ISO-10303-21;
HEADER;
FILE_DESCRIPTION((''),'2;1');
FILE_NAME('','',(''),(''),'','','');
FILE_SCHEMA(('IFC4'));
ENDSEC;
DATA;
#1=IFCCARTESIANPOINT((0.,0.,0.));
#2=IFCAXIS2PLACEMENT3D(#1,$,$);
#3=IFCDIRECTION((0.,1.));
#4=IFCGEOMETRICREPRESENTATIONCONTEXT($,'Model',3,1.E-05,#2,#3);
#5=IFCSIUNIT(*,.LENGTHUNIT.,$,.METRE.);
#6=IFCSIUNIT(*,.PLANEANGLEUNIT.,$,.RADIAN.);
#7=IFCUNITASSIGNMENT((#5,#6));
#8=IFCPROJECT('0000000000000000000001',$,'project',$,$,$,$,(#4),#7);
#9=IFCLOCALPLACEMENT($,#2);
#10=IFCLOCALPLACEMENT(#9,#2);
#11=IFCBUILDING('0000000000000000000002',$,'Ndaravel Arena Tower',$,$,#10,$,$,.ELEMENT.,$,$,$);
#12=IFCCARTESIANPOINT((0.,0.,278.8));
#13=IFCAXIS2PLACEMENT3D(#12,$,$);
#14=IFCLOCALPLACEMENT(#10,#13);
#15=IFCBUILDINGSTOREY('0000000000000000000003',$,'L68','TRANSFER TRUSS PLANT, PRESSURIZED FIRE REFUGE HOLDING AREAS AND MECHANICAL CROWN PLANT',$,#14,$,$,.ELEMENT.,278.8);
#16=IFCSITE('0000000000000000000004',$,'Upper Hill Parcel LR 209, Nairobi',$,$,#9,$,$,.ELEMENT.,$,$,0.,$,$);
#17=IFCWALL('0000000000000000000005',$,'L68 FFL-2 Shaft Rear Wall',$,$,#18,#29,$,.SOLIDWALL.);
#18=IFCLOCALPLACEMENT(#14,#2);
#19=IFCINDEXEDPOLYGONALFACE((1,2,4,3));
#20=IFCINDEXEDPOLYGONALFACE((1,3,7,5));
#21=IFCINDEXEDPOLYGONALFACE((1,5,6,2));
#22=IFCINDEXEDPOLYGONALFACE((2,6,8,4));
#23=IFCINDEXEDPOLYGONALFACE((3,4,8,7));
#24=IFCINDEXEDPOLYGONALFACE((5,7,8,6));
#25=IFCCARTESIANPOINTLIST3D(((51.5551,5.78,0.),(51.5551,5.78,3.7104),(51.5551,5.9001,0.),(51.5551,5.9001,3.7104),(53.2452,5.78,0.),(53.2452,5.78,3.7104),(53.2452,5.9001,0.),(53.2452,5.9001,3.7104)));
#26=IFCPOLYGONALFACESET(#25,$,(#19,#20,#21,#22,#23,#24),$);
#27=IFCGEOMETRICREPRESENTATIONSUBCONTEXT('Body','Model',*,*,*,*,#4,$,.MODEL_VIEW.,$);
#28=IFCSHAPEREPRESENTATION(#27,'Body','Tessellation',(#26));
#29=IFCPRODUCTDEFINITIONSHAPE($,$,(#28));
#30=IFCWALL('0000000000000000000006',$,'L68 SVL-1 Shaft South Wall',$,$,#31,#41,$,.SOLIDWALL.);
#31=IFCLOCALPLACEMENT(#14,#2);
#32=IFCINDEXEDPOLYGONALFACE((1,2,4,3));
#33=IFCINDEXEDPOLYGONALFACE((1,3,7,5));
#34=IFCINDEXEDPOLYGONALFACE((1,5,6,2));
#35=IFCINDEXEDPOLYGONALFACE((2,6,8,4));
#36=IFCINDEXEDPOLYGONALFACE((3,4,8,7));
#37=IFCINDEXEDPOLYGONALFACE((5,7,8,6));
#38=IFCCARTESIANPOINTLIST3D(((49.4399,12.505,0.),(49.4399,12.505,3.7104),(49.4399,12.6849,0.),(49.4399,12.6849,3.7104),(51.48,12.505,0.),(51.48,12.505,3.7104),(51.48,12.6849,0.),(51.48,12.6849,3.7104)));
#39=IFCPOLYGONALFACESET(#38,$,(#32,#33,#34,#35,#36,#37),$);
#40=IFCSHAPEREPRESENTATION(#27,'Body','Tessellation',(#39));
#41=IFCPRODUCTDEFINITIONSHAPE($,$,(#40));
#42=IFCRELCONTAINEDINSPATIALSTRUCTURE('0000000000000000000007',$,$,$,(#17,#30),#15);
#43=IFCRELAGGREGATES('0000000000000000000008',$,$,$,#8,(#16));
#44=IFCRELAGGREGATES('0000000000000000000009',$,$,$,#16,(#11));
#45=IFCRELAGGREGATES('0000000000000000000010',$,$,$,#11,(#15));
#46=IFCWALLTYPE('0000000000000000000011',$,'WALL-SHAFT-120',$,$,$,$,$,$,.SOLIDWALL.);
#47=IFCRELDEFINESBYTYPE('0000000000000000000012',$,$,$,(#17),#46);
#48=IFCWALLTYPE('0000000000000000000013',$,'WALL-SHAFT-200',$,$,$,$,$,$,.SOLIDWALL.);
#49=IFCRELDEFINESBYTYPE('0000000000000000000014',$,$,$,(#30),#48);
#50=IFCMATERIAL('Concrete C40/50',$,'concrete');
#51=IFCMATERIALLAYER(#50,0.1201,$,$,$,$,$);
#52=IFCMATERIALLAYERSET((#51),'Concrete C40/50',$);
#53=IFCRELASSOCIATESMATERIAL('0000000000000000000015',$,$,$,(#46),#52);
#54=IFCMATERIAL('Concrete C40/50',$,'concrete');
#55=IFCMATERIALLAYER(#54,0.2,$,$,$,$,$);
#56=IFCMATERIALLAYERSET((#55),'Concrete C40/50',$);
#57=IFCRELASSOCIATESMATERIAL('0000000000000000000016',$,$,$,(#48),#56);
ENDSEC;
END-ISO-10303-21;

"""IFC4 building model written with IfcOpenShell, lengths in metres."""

from ifc_helpers import new_model, si_unit, direction, frame, frame_2d, origin, place, context, subcontext, project, spatial, rectangle, extrude, material, layer, layer_set, type_object, element, save


model = new_model("IFC4")

# Units and contexts
model_context = context("Model", 3, precision=1e-05, world=origin(), true_north=direction((0.0, 1.0)))
body_context = subcontext(model_context, "Body", "Model", "MODEL_VIEW")
ifc_project = project(units=[si_unit("LENGTHUNIT", "METRE"), si_unit("PLANEANGLEUNIT", "RADIAN")], contexts=[model_context])

# Site, building, storey
site_placement = place(None, origin())
site = spatial("IfcSite", under=ifc_project, at=site_placement, Name="Upper Hill Parcel LR 209, Nairobi", CompositionType="ELEMENT", RefElevation=0.0)
building_placement = place(site_placement, origin())
building = spatial("IfcBuilding", under=site, at=building_placement, Name="Ndaravel Arena Tower", CompositionType="ELEMENT")
storey_placement = place(building_placement, frame((0.0, 0.0, 278.8)))
storey = spatial("IfcBuildingStorey", under=building, at=storey_placement, Name="L68", Description="TRANSFER TRUSS PLANT, PRESSURIZED FIRE REFUGE HOLDING AREAS AND MECHANICAL CROWN PLANT", CompositionType="ELEMENT", Elevation=278.8)

# Wall
ifc_material_1 = material(Name="Concrete C40/50", Category="concrete")
ifc_layer_1 = layer(ifc_material_1, 0.1201)
ifc_layer_set_1 = layer_set([ifc_layer_1], Name="Concrete C40/50")
wall_type_1 = type_object("IfcWallType", Name="WALL-SHAFT-120", PredefinedType="SOLIDWALL", material=ifc_layer_set_1)
wall_1_placement = place(storey_placement, frame((51.5549, 5.8401, 0.0), z_axis=(0.0, 0.0, 1.0), x_axis=(1.0, 0.0, 0.0)))
element("IfcWall", 1, at=wall_1_placement, inside=storey, type_object=wall_type_1, Name="L68 FFL-2 Shaft Rear Wall", PredefinedType="SOLIDWALL", context=body_context, shape_type="SweptSolid", body=[
    extrude(rectangle(XDim=1.6902, YDim=0.1201, at=frame_2d((0.8452, 0.0))), origin(), (0.0, 0.0, 1.0), 3.7104),
])

# Shared definitions
ifc_material_2 = material(Name="Concrete C40/50", Category="concrete")
ifc_layer_2 = layer(ifc_material_2, 0.2)
ifc_layer_set_2 = layer_set([ifc_layer_2], Name="Concrete C40/50")
wall_type_2 = type_object("IfcWallType", Name="WALL-SHAFT-200", PredefinedType="SOLIDWALL", material=ifc_layer_set_2)

# Wall
wall_2_placement = place(storey_placement, frame((49.4399, 12.595, 0.0), z_axis=(0.0, 0.0, 1.0), x_axis=(1.0, 0.0, 0.0)))
element("IfcWall", 2, at=wall_2_placement, inside=storey, type_object=wall_type_2, Name="L68 SVL-1 Shaft South Wall", PredefinedType="SOLIDWALL", context=body_context, shape_type="SweptSolid", body=[
    extrude(rectangle(XDim=2.04, YDim=0.1799, at=frame_2d((1.02, 0.0))), origin(), (0.0, 0.0, 1.0), 3.7104),
])

save(model, "model.ifc")
